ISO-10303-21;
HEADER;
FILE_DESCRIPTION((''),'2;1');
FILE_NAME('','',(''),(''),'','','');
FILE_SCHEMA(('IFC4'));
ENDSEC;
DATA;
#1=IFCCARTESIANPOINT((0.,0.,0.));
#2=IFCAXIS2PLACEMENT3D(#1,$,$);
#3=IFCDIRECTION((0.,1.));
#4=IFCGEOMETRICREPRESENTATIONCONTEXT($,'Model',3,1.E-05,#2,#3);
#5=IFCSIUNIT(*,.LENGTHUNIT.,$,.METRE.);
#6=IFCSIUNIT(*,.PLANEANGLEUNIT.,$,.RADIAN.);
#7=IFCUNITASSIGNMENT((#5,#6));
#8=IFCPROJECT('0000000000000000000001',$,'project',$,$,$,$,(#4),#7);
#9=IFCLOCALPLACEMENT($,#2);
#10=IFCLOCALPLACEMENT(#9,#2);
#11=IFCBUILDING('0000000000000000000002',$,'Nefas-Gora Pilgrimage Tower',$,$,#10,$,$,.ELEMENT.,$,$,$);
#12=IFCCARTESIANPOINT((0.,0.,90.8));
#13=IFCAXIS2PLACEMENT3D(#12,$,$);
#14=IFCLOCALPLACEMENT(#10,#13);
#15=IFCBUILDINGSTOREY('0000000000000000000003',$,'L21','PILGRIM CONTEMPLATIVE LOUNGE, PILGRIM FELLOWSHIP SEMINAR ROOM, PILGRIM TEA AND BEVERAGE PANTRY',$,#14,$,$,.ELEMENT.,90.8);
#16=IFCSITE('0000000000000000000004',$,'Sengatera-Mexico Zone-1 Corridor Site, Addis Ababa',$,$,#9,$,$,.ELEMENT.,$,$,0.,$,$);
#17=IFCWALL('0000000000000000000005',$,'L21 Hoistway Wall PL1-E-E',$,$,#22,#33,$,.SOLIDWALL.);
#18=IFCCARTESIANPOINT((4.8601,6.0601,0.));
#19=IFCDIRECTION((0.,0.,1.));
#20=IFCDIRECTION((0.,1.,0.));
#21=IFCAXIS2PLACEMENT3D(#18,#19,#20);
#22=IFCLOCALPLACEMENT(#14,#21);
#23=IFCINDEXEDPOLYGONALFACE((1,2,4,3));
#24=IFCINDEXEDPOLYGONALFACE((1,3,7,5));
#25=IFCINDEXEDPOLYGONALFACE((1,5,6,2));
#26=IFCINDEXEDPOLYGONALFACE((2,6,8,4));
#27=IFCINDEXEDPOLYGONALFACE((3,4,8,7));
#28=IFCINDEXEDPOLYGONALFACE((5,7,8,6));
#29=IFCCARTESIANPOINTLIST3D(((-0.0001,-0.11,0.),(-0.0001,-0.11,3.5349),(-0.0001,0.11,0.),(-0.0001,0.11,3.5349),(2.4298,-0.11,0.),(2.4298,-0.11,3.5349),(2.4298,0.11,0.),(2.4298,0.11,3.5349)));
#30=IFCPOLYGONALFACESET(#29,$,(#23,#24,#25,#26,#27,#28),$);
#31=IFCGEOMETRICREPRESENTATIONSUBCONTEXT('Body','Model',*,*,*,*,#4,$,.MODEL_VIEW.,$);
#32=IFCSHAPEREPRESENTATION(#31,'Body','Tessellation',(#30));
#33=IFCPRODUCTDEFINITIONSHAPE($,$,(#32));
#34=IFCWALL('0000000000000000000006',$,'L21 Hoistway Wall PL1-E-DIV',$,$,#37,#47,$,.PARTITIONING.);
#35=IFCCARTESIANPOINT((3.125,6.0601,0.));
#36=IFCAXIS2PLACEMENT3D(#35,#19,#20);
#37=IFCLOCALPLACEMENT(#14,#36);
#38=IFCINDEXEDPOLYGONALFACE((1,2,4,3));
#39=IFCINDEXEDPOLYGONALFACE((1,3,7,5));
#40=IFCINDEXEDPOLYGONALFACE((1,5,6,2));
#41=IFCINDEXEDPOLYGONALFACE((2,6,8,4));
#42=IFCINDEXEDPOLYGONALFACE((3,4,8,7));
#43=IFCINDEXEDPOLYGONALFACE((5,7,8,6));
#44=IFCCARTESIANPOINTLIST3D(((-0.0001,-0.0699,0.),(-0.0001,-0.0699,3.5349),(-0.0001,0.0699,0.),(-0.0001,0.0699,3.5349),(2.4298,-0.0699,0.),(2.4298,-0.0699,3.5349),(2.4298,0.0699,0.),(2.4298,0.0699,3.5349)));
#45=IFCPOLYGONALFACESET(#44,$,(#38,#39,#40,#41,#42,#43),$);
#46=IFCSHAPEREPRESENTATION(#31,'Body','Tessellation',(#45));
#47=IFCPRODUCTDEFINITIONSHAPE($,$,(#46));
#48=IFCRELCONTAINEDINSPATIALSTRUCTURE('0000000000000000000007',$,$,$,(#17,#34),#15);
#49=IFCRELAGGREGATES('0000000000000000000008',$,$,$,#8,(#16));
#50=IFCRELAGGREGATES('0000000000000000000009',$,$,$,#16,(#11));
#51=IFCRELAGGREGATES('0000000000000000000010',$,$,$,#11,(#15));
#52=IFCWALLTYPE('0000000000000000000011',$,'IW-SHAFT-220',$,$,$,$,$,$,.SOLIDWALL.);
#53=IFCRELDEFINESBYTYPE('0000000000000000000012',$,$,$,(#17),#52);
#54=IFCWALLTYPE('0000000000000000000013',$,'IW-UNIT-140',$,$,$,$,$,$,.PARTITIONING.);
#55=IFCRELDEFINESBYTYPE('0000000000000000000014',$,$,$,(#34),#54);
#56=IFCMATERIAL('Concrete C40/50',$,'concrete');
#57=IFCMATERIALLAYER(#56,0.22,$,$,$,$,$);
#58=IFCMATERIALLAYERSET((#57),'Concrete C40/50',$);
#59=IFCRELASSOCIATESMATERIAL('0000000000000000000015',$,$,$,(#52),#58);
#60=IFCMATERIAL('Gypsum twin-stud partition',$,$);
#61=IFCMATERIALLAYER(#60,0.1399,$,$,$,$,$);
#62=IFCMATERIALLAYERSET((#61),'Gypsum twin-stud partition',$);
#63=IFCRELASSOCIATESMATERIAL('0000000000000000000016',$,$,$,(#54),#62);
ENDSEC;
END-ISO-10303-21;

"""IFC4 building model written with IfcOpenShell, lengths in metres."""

from ifc_helpers import new_model, si_unit, direction, frame, frame_2d, origin, place, context, subcontext, project, spatial, rectangle, extrude, source, transform, mapped, material, layer, layer_set, type_object, element, save


model = new_model("IFC4")

# Units and contexts
model_context = context("Model", 3, precision=1e-05, world=origin(), true_north=direction((0.0, 1.0)))
body_context = subcontext(model_context, "Body", "Model", "MODEL_VIEW")
ifc_project = project(units=[si_unit("LENGTHUNIT", "METRE"), si_unit("PLANEANGLEUNIT", "RADIAN")], contexts=[model_context])

# Site, building, storey
site_placement = place(None, origin())
site = spatial("IfcSite", under=ifc_project, at=site_placement, Name="Sengatera-Mexico Zone-1 Corridor Site, Addis Ababa", CompositionType="ELEMENT", RefElevation=0.0)
building_placement = place(site_placement, origin())
building = spatial("IfcBuilding", under=site, at=building_placement, Name="Nefas-Gora Pilgrimage Tower", CompositionType="ELEMENT")
storey_placement = place(building_placement, frame((0.0, 0.0, 90.8)))
storey = spatial("IfcBuildingStorey", under=building, at=storey_placement, Name="L21", Description="PILGRIM CONTEMPLATIVE LOUNGE, PILGRIM FELLOWSHIP SEMINAR ROOM, PILGRIM TEA AND BEVERAGE PANTRY", CompositionType="ELEMENT", Elevation=90.8)

# Shared definitions
ifc_material_1 = material(Name="Concrete C40/50", Category="concrete")
ifc_layer_1 = layer(ifc_material_1, 0.22)
ifc_layer_set_1 = layer_set([ifc_layer_1], Name="Concrete C40/50")
wall_type_1 = type_object("IfcWallType", Name="IW-SHAFT-220", PredefinedType="SOLIDWALL", material=ifc_layer_set_1)

# Walls
shared_shape_1 = source(origin(), body_context, "Body", "SweptSolid", [
    extrude(rectangle(XDim=2.4299, YDim=0.22, at=frame_2d((1.2148, 0.0))), origin(), (0.0, 0.0, 1.0), 3.5349),
])
wall_1_placement = place(storey_placement, frame((4.8601, 6.0601, 0.0), z_axis=(0.0, 0.0, 1.0), x_axis=(0.0, 1.0, 0.0)))
element("IfcWall", 1, at=wall_1_placement, inside=storey, type_object=wall_type_1, Name="L21 Hoistway Wall PL1-E-E", PredefinedType="SOLIDWALL", context=body_context, shape_type="MappedRepresentation", body=[
    mapped(shared_shape_1, transform((0.0, 0.0, 0.0), x_axis=(1.0, 0.0, 0.0), y_axis=(0.0, 1.0, 0.0), z_axis=(0.0, 0.0, 1.0), scale=1.0)),
])
ifc_material_2 = material(Name="Gypsum twin-stud partition")
ifc_layer_2 = layer(ifc_material_2, 0.1399)
ifc_layer_set_2 = layer_set([ifc_layer_2], Name="Gypsum twin-stud partition")
wall_type_2 = type_object("IfcWallType", Name="IW-UNIT-140", PredefinedType="PARTITIONING", material=ifc_layer_set_2)
shared_shape_2 = source(origin(), body_context, "Body", "SweptSolid", [
    extrude(rectangle(XDim=2.4299, YDim=0.1399, at=frame_2d((1.2148, 0.0))), origin(), (0.0, 0.0, 1.0), 3.5349),
])
wall_2_placement = place(storey_placement, frame((3.125, 6.0601, 0.0), z_axis=(0.0, 0.0, 1.0), x_axis=(0.0, 1.0, 0.0)))
element("IfcWall", 2, at=wall_2_placement, inside=storey, type_object=wall_type_2, Name="L21 Hoistway Wall PL1-E-DIV", PredefinedType="PARTITIONING", context=body_context, shape_type="MappedRepresentation", body=[
    mapped(shared_shape_2, transform((0.0, 0.0, 0.0), x_axis=(1.0, 0.0, 0.0), y_axis=(0.0, 1.0, 0.0), z_axis=(0.0, 0.0, 1.0), scale=1.0)),
])

save(model, "model.ifc")
